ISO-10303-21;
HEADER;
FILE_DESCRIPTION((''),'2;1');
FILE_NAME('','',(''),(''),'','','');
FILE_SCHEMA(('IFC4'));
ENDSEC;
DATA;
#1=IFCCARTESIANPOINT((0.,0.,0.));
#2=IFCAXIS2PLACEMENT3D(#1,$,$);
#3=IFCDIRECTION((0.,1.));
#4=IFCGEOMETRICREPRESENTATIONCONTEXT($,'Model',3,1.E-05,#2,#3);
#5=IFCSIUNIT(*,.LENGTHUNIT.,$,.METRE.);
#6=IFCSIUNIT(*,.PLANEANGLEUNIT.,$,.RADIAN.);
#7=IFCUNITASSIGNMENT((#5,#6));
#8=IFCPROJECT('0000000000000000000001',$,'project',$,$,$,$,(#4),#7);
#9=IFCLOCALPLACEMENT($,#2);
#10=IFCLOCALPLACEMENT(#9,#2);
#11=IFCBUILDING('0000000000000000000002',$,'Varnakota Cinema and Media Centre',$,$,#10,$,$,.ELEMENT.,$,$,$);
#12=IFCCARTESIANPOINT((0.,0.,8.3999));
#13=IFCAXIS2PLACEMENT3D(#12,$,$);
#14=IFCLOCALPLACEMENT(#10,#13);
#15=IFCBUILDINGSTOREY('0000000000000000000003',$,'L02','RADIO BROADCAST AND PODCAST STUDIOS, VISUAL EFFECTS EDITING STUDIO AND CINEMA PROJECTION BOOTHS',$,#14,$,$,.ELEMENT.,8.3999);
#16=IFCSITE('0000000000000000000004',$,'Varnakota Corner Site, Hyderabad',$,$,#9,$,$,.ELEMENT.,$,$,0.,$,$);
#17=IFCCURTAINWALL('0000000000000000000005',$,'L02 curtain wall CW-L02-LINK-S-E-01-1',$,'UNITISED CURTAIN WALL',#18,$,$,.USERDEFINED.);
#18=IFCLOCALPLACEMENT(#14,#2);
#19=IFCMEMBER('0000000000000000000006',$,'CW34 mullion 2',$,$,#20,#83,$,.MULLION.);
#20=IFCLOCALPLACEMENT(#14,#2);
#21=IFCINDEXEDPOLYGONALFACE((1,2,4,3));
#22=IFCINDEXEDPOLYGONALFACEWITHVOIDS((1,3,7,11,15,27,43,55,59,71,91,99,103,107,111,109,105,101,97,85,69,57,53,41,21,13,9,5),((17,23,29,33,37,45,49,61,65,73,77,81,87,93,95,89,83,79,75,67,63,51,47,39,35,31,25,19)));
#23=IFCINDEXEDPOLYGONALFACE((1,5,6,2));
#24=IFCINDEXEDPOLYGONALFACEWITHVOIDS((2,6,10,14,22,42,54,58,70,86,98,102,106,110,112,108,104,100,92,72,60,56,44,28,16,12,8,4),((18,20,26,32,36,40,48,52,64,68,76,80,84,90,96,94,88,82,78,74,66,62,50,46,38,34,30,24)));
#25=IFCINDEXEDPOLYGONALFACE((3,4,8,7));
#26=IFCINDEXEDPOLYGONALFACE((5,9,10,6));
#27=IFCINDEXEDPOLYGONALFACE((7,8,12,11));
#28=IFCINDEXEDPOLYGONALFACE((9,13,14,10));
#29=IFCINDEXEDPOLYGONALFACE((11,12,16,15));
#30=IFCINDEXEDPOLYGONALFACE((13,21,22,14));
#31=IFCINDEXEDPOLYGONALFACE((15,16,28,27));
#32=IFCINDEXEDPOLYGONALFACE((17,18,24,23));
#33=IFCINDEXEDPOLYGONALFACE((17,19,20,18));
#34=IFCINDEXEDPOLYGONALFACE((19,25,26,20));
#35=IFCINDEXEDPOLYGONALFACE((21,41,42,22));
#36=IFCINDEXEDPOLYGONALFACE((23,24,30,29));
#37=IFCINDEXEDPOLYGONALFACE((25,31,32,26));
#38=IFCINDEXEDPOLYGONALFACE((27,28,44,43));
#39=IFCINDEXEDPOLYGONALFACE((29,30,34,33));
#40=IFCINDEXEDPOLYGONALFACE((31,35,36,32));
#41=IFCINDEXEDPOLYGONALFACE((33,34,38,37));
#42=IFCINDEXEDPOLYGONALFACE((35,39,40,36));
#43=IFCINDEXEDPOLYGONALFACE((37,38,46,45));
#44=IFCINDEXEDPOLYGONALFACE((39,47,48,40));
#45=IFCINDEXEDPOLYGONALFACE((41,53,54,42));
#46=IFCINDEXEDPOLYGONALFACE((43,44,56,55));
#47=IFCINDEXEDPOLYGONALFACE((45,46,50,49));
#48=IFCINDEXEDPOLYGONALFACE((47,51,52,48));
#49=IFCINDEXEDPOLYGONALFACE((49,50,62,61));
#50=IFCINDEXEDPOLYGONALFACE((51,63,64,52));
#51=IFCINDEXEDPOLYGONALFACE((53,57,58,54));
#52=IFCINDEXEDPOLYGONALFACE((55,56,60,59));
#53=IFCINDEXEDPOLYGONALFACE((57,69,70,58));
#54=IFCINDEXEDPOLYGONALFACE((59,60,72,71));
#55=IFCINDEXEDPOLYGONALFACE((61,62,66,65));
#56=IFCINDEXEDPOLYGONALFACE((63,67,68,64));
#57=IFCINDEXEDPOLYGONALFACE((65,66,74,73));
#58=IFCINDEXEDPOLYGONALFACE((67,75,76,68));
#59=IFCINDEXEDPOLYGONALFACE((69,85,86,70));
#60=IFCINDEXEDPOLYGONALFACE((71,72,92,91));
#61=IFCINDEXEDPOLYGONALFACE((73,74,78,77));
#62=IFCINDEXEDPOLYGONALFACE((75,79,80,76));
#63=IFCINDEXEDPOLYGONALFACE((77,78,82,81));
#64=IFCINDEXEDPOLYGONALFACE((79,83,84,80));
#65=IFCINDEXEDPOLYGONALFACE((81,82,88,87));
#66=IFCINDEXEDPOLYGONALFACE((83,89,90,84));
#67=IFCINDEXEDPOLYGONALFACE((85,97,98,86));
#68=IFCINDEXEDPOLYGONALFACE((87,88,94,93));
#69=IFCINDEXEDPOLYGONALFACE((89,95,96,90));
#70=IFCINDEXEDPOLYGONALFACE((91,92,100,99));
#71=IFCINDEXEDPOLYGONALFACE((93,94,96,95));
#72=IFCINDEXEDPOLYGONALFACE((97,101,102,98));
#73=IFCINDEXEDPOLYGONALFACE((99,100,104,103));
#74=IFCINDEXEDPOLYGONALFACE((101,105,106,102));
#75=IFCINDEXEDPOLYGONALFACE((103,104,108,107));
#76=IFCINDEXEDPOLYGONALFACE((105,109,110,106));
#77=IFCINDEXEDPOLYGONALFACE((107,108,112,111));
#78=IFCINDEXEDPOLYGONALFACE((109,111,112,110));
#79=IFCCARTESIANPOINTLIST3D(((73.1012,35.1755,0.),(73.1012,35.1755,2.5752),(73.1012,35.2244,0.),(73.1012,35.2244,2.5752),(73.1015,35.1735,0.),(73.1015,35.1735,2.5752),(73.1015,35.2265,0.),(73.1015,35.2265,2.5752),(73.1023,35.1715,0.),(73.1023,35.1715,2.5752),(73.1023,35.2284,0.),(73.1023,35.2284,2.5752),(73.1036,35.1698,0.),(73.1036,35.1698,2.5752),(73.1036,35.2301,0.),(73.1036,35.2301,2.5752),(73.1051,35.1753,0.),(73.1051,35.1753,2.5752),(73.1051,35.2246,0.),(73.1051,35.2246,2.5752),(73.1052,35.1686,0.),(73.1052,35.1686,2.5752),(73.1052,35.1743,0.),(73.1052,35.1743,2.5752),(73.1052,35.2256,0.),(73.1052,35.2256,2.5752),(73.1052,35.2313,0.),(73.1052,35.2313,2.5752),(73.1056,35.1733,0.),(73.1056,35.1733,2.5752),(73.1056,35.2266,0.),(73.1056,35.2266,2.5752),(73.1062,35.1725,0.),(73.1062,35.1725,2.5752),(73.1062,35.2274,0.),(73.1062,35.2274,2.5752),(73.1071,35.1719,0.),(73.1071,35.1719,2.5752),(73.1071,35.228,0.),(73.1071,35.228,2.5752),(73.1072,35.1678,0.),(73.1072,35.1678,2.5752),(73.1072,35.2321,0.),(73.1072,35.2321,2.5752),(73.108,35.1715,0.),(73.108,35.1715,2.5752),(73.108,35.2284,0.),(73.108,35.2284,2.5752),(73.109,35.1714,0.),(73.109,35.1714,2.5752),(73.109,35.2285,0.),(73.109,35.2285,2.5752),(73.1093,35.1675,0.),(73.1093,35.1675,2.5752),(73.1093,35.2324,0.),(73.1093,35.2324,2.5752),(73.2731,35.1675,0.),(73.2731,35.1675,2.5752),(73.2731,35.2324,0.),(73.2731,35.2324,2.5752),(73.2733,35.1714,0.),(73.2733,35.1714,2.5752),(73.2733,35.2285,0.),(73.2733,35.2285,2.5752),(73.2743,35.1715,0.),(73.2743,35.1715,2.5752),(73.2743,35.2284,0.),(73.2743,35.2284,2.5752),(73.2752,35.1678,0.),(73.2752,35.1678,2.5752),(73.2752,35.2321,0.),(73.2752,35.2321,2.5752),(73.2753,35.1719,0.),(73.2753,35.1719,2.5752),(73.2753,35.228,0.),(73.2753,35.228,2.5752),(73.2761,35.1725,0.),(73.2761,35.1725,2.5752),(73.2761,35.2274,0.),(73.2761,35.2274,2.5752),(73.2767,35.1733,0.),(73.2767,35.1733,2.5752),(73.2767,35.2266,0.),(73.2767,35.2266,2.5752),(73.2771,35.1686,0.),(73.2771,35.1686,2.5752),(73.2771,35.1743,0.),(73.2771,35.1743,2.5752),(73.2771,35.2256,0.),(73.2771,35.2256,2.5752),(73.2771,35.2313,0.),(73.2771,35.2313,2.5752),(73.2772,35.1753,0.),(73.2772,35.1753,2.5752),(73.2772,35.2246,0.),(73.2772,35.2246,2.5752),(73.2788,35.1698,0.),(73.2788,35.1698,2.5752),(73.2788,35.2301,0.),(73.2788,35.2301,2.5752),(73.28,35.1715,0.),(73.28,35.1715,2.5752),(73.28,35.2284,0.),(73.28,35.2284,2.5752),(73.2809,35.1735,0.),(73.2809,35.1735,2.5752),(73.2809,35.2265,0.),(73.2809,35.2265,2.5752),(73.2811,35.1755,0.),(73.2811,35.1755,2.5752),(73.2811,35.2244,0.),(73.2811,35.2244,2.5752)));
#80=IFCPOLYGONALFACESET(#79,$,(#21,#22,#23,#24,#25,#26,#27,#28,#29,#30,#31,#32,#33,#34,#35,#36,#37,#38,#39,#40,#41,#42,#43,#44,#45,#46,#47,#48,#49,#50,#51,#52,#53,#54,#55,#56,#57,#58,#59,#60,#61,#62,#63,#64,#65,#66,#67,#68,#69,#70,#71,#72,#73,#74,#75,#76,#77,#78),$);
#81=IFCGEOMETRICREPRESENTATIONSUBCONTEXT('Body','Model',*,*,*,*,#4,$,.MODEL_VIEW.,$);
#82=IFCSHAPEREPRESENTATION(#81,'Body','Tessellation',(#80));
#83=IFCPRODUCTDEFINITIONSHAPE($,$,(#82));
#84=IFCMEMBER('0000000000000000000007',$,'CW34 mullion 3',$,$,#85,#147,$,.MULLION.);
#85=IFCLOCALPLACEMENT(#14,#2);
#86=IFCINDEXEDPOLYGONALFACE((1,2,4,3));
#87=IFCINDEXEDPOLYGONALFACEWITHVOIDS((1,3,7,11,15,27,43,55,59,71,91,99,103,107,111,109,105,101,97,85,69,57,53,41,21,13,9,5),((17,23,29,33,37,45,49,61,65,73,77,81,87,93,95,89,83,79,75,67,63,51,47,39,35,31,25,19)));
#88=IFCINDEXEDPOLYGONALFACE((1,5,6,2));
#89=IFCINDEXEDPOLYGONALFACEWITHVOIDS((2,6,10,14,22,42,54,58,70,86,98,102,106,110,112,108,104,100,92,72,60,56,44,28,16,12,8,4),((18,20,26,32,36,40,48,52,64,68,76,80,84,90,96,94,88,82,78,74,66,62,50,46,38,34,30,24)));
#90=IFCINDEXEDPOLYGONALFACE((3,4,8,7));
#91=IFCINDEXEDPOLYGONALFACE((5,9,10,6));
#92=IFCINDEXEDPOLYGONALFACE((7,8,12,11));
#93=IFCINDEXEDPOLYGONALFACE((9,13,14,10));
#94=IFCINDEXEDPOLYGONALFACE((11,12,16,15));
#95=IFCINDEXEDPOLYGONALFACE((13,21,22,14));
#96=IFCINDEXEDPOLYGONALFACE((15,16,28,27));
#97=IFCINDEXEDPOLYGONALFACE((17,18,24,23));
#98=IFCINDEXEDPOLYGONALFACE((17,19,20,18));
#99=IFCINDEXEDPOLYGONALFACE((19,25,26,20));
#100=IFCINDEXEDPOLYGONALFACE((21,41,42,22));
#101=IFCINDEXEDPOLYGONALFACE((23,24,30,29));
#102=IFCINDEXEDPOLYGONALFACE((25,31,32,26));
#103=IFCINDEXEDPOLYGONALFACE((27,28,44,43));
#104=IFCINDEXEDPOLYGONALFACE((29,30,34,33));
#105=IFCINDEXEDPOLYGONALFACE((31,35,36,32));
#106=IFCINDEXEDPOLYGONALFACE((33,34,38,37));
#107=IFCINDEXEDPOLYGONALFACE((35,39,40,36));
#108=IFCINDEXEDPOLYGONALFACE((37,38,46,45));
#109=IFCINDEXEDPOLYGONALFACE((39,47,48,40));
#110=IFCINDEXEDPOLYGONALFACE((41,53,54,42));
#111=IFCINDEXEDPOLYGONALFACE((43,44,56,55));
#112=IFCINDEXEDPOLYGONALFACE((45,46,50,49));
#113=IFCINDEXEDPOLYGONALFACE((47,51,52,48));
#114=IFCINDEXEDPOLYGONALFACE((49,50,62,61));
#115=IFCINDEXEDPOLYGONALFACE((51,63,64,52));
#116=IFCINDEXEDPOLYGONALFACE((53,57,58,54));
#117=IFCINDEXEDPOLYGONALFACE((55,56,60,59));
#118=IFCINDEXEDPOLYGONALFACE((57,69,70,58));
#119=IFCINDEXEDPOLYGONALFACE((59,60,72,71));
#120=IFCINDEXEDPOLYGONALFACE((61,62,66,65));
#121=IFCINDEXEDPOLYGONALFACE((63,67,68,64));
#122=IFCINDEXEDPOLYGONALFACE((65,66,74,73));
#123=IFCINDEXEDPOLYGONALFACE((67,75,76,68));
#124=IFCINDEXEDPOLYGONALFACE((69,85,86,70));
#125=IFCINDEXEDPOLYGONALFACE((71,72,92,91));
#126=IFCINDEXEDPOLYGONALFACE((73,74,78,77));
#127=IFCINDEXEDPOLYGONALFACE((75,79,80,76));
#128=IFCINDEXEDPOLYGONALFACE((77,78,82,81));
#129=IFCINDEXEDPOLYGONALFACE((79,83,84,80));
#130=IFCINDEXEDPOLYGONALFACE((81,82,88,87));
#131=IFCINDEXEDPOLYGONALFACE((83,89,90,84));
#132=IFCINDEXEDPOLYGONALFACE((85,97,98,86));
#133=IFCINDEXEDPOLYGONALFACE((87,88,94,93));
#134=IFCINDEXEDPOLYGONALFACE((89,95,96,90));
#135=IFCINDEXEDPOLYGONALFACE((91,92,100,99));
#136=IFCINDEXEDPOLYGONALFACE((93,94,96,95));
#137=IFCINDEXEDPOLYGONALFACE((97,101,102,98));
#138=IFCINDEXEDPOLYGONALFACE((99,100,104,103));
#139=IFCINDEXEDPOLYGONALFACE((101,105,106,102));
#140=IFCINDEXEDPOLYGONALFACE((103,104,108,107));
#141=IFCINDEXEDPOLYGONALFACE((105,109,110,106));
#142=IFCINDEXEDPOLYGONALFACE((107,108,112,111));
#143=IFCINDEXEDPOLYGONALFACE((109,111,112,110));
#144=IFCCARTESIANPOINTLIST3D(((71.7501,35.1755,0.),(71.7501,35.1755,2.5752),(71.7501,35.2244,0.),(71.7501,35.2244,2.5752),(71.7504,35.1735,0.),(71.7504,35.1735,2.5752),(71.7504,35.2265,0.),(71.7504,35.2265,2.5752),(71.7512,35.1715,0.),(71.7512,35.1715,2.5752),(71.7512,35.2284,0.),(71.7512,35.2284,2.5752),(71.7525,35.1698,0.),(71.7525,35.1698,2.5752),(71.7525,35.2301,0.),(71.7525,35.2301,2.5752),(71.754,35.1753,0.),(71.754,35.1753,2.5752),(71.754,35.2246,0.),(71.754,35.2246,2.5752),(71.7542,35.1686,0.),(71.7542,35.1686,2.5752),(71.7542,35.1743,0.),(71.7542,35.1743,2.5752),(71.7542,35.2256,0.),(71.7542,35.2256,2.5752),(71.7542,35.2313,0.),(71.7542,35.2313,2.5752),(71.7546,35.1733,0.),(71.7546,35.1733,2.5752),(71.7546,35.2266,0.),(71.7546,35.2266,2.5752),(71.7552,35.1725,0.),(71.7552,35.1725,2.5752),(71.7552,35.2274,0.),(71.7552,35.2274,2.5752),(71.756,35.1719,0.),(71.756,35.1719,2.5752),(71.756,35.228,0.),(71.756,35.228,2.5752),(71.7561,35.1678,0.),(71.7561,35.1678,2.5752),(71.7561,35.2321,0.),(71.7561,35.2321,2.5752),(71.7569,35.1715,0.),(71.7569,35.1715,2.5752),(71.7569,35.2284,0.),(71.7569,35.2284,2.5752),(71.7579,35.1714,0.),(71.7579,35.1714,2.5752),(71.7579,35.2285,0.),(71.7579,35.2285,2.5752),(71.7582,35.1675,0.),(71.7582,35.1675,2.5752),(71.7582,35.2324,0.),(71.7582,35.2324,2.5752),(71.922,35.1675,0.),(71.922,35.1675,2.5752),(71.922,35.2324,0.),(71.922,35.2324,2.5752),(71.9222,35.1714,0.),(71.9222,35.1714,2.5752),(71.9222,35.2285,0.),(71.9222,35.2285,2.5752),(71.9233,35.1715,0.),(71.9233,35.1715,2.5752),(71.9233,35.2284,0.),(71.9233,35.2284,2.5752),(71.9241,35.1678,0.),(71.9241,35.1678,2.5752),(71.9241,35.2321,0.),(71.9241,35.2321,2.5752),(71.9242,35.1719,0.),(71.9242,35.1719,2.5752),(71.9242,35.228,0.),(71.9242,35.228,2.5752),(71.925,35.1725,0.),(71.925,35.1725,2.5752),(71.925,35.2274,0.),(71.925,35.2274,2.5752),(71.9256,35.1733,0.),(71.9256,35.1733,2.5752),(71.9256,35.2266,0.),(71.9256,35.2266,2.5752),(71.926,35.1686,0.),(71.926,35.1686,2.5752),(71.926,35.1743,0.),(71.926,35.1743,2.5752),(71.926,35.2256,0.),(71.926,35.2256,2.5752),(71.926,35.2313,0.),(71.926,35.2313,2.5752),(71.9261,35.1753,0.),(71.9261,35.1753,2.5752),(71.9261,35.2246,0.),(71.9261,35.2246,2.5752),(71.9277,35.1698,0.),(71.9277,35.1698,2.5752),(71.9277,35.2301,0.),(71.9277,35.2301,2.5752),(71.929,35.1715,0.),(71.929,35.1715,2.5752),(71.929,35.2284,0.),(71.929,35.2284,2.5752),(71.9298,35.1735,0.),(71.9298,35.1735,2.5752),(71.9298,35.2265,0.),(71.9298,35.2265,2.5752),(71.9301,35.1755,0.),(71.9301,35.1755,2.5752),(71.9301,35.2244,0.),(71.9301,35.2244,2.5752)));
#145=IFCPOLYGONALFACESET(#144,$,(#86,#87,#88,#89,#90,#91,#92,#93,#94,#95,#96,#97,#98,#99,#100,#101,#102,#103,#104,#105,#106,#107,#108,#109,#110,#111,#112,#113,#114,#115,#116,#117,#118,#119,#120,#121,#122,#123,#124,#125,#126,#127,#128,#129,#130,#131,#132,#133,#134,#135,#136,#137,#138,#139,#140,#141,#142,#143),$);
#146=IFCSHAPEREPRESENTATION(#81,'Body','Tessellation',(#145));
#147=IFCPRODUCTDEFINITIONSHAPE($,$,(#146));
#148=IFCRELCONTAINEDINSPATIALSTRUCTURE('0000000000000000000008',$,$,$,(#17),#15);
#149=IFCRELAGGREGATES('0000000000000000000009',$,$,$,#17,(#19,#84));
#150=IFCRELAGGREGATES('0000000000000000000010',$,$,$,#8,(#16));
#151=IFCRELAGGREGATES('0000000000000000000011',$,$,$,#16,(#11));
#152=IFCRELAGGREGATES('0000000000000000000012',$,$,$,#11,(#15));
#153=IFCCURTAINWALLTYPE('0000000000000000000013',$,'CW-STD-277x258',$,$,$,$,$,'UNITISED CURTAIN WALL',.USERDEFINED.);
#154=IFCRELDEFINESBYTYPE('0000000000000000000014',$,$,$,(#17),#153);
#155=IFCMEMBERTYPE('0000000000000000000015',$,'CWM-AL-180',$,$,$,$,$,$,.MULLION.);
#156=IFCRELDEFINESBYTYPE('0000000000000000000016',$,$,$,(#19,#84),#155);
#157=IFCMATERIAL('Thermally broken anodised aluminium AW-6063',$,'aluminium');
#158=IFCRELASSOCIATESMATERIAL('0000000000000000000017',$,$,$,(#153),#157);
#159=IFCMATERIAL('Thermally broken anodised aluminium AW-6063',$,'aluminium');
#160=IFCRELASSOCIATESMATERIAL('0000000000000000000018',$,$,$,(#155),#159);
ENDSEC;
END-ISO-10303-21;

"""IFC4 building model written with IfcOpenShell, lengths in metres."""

from ifc_helpers import new_model, si_unit, direction, frame, origin, origin_2d, place, context, subcontext, project, spatial, hollow_rectangle, extrude, material, material_profile, profile_set, type_object, element, aggregate, save


model = new_model("IFC4")

# Units and contexts
model_context = context("Model", 3, precision=1e-05, world=origin(), true_north=direction((0.0, 1.0)))
body_context = subcontext(model_context, "Body", "Model", "MODEL_VIEW")
ifc_project = project(units=[si_unit("LENGTHUNIT", "METRE"), si_unit("PLANEANGLEUNIT", "RADIAN")], contexts=[model_context])

# Site, building, storey
site_placement = place(None, origin())
site = spatial("IfcSite", under=ifc_project, at=site_placement, Name="Varnakota Corner Site, Hyderabad", CompositionType="ELEMENT", RefElevation=0.0)
building_placement = place(site_placement, origin())
building = spatial("IfcBuilding", under=site, at=building_placement, Name="Varnakota Cinema and Media Centre", CompositionType="ELEMENT")
storey_placement = place(building_placement, frame((0.0, 0.0, 8.3999)))
storey = spatial("IfcBuildingStorey", under=building, at=storey_placement, Name="L02", Description="RADIO BROADCAST AND PODCAST STUDIOS, VISUAL EFFECTS EDITING STUDIO AND CINEMA PROJECTION BOOTHS", CompositionType="ELEMENT", Elevation=8.3999)

# Curtain wall, members
ifc_material_1 = material(Name="Thermally broken anodised aluminium AW-6063", Category="aluminium")
curtain_wall_type = type_object("IfcCurtainWallType", Name="CW-STD-277x258", ElementType="UNITISED CURTAIN WALL", PredefinedType="USERDEFINED", material=ifc_material_1)
curtain_wall_1_placement = place(storey_placement, origin())
curtain_wall_1 = element("IfcCurtainWall", 1, at=curtain_wall_1_placement, inside=storey, type_object=curtain_wall_type, Name="L02 curtain wall CW-L02-LINK-S-E-01-1", ObjectType="UNITISED CURTAIN WALL", PredefinedType="USERDEFINED")
ifc_material_2 = material(Name="Thermally broken anodised aluminium AW-6063", Category="aluminium")
ifc_material_profile_1 = material_profile(ifc_material_2, hollow_rectangle(XDim=0.0649, YDim=0.1799, WallThickness=0.0039, InnerFilletRadius=0.0039, OuterFilletRadius=0.0081, at=origin_2d()), Name="AL-MULLION 180x65x4")
ifc_profile_set_1 = profile_set([ifc_material_profile_1], Name="Thermally broken anodised aluminium AW-6063")
member_type_1 = type_object("IfcMemberType", Name="CWM-AL-180", PredefinedType="MULLION", material=ifc_profile_set_1)
member_1_placement = place(storey_placement, frame((73.1912, 35.2, 0.0), z_axis=(0.0, 0.0, 1.0), x_axis=(0.0, -1.0, 0.0)))
member_1 = element("IfcMember", 2, at=member_1_placement, type_object=member_type_1, Name="CW34 mullion 2", PredefinedType="MULLION", context=body_context, shape_type="SweptSolid", body=[
    extrude(hollow_rectangle(XDim=0.0649, YDim=0.1799, WallThickness=0.0039, InnerFilletRadius=0.0039, OuterFilletRadius=0.0081, at=origin_2d()), origin(), (0.0, 0.0, 1.0), 2.5752),
])
member_2_placement = place(storey_placement, frame((71.8401, 35.2, 0.0), z_axis=(0.0, 0.0, 1.0), x_axis=(0.0, -1.0, 0.0)))
member_2 = element("IfcMember", 3, at=member_2_placement, type_object=member_type_1, Name="CW34 mullion 3", PredefinedType="MULLION", context=body_context, shape_type="SweptSolid", body=[
    extrude(hollow_rectangle(XDim=0.0649, YDim=0.1799, WallThickness=0.0039, InnerFilletRadius=0.0039, OuterFilletRadius=0.0081, at=origin_2d()), origin(), (0.0, 0.0, 1.0), 2.5752),
])

aggregate(curtain_wall_1, [member_1, member_2])

save(model, "model.ifc")
